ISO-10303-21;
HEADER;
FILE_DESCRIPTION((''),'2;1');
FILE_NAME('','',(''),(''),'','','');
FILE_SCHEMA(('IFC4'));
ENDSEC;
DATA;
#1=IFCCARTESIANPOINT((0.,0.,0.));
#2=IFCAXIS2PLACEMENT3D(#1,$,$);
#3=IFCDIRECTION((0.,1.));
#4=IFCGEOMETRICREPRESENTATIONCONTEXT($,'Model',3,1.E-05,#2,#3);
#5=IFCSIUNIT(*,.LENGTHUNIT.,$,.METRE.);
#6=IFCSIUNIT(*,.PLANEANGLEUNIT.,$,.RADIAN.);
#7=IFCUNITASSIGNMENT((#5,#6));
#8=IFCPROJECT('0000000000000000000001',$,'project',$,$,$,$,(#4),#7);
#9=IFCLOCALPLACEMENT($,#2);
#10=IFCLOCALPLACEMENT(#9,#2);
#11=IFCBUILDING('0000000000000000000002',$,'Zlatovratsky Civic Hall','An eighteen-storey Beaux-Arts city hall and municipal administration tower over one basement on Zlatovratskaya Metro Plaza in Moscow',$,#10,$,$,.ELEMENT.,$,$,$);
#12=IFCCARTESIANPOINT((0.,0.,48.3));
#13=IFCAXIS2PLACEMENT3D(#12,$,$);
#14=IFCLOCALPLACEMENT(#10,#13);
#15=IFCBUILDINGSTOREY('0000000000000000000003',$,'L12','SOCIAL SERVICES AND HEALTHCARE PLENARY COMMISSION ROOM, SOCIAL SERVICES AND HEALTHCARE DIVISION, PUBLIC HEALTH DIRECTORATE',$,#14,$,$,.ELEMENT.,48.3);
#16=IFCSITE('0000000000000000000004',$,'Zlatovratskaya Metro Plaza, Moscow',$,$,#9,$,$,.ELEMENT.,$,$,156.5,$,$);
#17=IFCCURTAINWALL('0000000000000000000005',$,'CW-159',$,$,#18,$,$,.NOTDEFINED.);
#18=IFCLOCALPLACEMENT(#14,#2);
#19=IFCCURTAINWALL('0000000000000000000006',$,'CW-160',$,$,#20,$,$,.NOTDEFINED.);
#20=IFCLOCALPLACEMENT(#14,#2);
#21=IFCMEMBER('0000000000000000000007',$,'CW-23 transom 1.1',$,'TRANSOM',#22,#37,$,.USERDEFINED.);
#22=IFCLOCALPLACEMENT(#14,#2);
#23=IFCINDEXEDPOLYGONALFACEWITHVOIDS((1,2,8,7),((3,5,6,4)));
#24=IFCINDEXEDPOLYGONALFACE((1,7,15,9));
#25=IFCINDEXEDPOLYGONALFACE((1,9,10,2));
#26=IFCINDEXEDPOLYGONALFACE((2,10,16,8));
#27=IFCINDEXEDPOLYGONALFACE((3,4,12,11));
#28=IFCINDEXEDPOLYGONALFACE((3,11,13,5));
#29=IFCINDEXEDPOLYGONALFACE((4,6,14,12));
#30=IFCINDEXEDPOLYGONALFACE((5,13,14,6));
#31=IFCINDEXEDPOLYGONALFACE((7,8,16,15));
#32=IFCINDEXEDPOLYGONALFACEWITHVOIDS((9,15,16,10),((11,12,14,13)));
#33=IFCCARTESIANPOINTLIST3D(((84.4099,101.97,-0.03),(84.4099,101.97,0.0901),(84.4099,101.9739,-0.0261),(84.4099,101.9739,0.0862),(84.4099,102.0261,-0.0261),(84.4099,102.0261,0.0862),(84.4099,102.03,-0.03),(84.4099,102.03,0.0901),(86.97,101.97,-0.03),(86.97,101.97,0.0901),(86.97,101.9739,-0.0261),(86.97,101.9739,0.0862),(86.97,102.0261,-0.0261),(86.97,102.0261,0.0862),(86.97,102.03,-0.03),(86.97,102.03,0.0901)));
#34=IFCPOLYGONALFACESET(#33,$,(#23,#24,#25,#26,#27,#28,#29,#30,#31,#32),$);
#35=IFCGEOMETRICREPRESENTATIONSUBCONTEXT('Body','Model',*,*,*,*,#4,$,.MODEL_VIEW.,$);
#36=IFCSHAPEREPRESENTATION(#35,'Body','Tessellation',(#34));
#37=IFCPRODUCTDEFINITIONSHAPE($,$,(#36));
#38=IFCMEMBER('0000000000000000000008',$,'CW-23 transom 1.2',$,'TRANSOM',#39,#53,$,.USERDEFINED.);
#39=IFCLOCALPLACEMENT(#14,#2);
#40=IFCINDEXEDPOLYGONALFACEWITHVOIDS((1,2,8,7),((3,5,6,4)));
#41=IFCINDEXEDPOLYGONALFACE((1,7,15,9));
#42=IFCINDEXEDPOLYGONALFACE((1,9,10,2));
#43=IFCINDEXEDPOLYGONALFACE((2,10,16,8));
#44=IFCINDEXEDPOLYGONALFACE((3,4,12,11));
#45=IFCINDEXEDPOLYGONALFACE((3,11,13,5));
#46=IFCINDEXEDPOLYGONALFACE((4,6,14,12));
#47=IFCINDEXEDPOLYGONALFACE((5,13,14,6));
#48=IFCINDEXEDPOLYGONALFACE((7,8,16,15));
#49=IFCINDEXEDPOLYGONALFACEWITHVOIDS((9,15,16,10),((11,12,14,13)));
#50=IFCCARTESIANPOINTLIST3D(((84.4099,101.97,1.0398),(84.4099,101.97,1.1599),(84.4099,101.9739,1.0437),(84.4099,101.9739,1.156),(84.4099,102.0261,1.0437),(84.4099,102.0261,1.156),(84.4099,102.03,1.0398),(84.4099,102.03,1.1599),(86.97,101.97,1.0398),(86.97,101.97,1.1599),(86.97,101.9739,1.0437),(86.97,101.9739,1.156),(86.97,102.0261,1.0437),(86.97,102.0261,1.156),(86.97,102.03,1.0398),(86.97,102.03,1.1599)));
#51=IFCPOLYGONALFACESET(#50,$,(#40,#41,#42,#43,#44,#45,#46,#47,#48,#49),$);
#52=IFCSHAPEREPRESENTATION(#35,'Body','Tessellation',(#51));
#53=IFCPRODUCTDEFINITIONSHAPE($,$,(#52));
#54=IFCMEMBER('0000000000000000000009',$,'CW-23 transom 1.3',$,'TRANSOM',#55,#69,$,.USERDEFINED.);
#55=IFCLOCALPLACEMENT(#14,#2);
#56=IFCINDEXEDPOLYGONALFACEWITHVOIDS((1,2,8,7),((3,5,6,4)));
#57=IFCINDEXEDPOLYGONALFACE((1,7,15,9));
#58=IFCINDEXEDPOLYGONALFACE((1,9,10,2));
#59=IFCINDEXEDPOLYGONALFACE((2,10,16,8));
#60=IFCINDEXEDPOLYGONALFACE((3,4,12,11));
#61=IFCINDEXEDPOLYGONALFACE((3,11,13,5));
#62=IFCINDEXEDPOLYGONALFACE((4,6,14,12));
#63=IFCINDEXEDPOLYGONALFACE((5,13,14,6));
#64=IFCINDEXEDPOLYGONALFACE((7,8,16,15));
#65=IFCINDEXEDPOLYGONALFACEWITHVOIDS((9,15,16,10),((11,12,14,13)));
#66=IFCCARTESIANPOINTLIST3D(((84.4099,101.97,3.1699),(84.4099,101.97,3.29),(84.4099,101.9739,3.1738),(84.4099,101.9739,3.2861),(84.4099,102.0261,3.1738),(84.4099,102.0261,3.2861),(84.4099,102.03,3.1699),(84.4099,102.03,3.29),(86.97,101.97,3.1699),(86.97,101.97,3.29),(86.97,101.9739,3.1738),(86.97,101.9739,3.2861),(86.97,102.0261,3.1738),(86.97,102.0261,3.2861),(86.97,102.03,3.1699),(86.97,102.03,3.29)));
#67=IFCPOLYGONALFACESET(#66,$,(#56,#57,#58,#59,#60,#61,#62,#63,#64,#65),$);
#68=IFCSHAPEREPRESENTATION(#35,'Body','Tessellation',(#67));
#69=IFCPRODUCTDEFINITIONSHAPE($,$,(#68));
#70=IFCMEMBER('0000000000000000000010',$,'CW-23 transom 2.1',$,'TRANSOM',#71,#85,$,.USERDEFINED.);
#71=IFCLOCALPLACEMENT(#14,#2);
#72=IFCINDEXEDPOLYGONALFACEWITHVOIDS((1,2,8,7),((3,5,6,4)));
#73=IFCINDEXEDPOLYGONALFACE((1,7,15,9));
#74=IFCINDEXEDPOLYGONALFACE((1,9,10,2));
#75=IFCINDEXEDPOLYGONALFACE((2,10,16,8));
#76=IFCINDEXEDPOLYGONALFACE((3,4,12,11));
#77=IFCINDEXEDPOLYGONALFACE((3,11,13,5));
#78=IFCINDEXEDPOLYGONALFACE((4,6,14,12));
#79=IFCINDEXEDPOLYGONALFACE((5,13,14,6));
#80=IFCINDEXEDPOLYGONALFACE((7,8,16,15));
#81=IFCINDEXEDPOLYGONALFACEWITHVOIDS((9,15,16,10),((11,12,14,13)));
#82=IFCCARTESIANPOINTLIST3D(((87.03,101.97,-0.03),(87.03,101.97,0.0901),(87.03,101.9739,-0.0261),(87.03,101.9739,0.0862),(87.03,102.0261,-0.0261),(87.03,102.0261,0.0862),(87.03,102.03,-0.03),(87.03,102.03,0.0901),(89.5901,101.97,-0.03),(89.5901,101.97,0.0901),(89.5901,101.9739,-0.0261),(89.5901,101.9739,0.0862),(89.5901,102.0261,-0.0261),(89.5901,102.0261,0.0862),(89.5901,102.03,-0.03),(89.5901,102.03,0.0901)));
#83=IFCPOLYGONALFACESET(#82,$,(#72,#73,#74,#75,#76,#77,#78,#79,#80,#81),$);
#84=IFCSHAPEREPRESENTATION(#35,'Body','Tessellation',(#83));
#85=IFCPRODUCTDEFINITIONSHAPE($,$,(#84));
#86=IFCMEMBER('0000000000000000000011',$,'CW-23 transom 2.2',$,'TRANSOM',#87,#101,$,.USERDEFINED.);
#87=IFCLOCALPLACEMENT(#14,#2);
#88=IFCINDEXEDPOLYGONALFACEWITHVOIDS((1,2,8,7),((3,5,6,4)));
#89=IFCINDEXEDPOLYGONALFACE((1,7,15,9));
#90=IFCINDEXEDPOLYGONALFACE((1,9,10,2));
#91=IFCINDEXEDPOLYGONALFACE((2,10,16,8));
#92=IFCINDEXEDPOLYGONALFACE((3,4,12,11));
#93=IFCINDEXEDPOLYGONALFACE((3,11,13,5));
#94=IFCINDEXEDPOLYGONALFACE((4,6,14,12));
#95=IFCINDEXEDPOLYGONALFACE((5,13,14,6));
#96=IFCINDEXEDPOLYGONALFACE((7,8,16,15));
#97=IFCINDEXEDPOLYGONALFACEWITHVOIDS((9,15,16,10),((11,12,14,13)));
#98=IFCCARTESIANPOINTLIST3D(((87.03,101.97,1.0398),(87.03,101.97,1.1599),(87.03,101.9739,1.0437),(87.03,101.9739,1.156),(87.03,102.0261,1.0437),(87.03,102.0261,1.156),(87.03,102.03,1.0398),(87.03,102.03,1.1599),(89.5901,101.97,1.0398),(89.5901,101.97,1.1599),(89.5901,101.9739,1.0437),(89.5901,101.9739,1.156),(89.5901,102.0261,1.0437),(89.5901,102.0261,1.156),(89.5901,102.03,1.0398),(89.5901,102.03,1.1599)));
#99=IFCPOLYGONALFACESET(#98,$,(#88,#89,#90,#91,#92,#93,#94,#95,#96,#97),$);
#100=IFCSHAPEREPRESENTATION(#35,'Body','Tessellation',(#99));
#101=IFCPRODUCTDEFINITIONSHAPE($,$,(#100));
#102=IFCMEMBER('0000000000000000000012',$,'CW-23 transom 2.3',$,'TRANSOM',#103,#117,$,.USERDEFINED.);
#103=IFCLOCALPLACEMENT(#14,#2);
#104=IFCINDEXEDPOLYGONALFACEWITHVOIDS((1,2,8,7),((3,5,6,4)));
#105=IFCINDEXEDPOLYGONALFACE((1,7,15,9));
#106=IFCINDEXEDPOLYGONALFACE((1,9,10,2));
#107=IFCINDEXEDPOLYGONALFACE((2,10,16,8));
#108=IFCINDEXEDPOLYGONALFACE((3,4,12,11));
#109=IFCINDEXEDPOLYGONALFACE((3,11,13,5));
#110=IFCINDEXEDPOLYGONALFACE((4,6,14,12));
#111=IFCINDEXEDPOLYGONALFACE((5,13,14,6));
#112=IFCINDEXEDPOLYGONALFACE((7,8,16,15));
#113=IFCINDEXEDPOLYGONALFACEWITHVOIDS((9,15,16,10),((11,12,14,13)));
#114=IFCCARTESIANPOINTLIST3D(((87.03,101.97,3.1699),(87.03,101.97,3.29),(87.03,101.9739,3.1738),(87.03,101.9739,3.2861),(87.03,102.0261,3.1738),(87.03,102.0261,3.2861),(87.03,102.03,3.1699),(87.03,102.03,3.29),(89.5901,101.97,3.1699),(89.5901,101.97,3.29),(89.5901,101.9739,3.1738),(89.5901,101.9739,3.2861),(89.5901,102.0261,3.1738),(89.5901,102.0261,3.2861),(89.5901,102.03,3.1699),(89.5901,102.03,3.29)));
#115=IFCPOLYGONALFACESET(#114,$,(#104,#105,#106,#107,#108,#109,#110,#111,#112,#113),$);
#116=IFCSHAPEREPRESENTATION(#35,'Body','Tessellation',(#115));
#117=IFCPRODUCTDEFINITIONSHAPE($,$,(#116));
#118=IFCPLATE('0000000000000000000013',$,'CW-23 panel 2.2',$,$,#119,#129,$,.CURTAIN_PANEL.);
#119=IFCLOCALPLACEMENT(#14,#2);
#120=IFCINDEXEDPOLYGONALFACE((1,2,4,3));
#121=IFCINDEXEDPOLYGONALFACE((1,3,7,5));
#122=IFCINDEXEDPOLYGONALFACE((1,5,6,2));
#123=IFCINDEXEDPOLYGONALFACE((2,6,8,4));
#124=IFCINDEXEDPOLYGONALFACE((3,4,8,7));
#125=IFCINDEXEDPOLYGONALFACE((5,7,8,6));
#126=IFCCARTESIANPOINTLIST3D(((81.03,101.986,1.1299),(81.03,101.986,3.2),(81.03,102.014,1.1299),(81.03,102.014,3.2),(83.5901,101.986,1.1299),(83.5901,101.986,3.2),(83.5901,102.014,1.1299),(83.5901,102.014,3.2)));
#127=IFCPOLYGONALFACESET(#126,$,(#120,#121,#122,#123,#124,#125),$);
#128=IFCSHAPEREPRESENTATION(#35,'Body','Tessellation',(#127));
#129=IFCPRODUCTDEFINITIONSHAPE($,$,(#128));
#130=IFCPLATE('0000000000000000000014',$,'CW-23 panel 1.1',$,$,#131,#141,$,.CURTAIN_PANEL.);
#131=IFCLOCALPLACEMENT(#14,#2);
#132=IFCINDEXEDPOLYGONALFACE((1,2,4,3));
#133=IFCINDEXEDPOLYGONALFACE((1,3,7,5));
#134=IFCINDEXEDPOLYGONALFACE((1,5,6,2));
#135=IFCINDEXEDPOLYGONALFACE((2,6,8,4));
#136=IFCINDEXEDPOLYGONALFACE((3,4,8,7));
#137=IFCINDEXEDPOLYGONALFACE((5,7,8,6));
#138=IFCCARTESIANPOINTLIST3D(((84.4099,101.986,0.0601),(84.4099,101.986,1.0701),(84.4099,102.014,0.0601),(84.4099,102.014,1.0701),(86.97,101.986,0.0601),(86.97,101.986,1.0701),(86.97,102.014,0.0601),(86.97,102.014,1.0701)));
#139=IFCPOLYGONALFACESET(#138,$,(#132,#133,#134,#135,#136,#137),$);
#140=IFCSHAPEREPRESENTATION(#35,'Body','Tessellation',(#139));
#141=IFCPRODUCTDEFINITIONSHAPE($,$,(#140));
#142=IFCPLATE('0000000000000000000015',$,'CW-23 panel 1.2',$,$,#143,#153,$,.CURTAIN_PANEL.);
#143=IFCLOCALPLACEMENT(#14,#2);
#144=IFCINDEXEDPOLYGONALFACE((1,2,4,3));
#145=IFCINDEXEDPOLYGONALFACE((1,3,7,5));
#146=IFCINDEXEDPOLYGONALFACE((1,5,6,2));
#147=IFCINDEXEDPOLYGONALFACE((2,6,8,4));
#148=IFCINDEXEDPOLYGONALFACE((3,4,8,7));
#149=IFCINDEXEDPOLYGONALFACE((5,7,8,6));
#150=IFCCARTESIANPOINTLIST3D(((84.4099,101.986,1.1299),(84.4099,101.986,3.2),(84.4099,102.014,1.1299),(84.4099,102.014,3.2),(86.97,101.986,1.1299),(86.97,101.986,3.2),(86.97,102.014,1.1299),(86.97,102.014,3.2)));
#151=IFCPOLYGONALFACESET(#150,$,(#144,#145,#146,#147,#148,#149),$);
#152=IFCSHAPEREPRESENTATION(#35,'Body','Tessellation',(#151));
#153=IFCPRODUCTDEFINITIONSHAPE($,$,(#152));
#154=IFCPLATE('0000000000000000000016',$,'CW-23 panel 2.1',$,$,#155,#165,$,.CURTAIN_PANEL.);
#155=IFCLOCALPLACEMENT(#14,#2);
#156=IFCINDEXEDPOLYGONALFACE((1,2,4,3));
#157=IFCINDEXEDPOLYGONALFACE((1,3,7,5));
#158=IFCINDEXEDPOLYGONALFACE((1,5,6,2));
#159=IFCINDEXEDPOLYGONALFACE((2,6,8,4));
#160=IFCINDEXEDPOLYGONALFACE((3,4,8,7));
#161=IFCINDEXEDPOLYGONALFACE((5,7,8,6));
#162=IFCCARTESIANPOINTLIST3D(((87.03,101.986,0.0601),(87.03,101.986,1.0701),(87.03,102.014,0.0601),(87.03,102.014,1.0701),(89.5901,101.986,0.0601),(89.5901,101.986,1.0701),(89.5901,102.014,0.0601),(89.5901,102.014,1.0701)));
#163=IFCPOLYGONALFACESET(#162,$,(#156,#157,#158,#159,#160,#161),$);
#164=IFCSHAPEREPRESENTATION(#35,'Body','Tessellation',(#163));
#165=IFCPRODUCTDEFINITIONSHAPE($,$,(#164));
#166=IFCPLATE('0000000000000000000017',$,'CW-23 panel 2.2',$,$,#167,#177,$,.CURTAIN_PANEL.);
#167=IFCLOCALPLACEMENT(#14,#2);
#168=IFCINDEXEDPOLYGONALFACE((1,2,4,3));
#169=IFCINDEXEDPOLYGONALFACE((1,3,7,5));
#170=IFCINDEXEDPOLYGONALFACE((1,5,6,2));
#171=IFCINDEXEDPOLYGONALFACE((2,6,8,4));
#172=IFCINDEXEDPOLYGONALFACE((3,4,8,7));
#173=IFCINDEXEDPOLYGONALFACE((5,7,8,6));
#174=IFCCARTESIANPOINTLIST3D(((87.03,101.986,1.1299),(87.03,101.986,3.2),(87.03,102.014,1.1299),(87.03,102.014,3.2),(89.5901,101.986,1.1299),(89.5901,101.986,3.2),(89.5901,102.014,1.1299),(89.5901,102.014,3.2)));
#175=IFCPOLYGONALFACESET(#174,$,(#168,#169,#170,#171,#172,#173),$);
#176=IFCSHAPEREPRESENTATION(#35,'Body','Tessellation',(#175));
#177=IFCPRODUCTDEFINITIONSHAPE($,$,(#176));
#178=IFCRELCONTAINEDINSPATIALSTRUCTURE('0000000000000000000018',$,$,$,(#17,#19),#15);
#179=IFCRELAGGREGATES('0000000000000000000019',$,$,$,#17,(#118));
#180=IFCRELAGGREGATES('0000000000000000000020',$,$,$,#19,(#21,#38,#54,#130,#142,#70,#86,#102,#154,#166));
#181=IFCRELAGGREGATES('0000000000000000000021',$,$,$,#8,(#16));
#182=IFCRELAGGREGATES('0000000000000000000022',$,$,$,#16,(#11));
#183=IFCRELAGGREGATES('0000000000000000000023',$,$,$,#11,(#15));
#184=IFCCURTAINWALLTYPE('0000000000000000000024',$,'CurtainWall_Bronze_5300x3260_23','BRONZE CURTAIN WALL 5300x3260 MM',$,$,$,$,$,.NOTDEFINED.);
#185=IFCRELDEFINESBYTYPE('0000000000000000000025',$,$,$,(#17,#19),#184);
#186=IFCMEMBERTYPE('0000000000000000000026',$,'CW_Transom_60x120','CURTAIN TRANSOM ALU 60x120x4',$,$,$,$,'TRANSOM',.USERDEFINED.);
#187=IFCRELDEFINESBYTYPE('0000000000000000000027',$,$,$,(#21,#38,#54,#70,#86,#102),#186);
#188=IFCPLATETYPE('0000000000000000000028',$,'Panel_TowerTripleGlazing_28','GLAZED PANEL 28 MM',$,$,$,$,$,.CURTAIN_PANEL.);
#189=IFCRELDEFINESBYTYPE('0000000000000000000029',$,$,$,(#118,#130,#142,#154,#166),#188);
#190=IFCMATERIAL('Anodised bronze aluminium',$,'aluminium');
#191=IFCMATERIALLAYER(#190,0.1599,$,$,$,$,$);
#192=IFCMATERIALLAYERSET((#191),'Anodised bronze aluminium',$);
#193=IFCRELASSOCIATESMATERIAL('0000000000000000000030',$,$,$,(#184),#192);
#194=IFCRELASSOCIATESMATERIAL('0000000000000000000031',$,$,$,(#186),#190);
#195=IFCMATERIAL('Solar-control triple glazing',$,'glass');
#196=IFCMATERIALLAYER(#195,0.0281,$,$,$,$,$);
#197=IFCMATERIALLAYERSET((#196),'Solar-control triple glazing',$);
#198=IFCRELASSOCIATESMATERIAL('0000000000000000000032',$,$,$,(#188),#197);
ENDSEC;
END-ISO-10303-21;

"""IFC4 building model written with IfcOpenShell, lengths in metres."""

from ifc_helpers import new_model, si_unit, direction, frame, origin, origin_2d, place, context, subcontext, project, spatial, rectangle, hollow_rectangle, extrude, material, layer, layer_set, material_profile, profile_set, type_object, element, aggregate, save


model = new_model("IFC4")

# Units and contexts
model_context = context("Model", 3, precision=1e-05, world=origin(), true_north=direction((0.0, 1.0)))
body_context = subcontext(model_context, "Body", "Model", "MODEL_VIEW")
ifc_project = project(units=[si_unit("LENGTHUNIT", "METRE"), si_unit("PLANEANGLEUNIT", "RADIAN")], contexts=[model_context])

# Site, building, storey
site_placement = place(None, origin())
site = spatial("IfcSite", under=ifc_project, at=site_placement, Name="Zlatovratskaya Metro Plaza, Moscow", CompositionType="ELEMENT", RefElevation=156.5)
building_placement = place(site_placement, origin())
building = spatial("IfcBuilding", under=site, at=building_placement, Name="Zlatovratsky Civic Hall", Description="An eighteen-storey Beaux-Arts city hall and municipal administration tower over one basement on Zlatovratskaya Metro Plaza in Moscow", CompositionType="ELEMENT")
storey_placement = place(building_placement, frame((0.0, 0.0, 48.3)))
storey = spatial("IfcBuildingStorey", under=building, at=storey_placement, Name="L12", Description="SOCIAL SERVICES AND HEALTHCARE PLENARY COMMISSION ROOM, SOCIAL SERVICES AND HEALTHCARE DIVISION, PUBLIC HEALTH DIRECTORATE", CompositionType="ELEMENT", Elevation=48.3)

# Curtain wall
ifc_material_1 = material(Name="Anodised bronze aluminium", Category="aluminium")
ifc_layer_1 = layer(ifc_material_1, 0.1599)
ifc_layer_set_1 = layer_set([ifc_layer_1], Name="Anodised bronze aluminium")
curtain_wall_type = type_object("IfcCurtainWallType", Name="CurtainWall_Bronze_5300x3260_23", Description="BRONZE CURTAIN WALL 5300x3260 MM", PredefinedType="NOTDEFINED", material=ifc_layer_set_1)
curtain_wall_1_placement = place(storey_placement, origin())
curtain_wall_1 = element("IfcCurtainWall", 1, at=curtain_wall_1_placement, inside=storey, type_object=curtain_wall_type, Name="CW-159", PredefinedType="NOTDEFINED")

# Curtain wall, members
curtain_wall_2_placement = place(storey_placement, origin())
curtain_wall_2 = element("IfcCurtainWall", 2, at=curtain_wall_2_placement, inside=storey, type_object=curtain_wall_type, Name="CW-160", PredefinedType="NOTDEFINED")
ifc_material_profile_1 = material_profile(ifc_material_1, hollow_rectangle(XDim=0.0601, YDim=0.1201, WallThickness=0.0039, at=origin_2d()), Name="ALU 60x120x4")
ifc_profile_set_1 = profile_set([ifc_material_profile_1], Name="Anodised bronze aluminium")
member_type_1 = type_object("IfcMemberType", Name="CW_Transom_60x120", Description="CURTAIN TRANSOM ALU 60x120x4", ElementType="TRANSOM", PredefinedType="USERDEFINED", material=ifc_profile_set_1)
member_1_placement = place(storey_placement, frame((84.4099, 102.0, 0.03), z_axis=(1.0, 0.0, 0.0), x_axis=(0.0, 1.0, 0.0)))
member_1 = element("IfcMember", 3, at=member_1_placement, type_object=member_type_1, Name="CW-23 transom 1.1", ObjectType="TRANSOM", PredefinedType="USERDEFINED", context=body_context, shape_type="SweptSolid", body=[
    extrude(hollow_rectangle(XDim=0.0601, YDim=0.1201, WallThickness=0.0039, at=origin_2d()), origin(), (0.0, 0.0, 1.0), 2.5601),
])
member_2_placement = place(storey_placement, frame((84.4099, 102.0, 1.0999), z_axis=(1.0, 0.0, 0.0), x_axis=(0.0, 1.0, 0.0)))
member_2 = element("IfcMember", 4, at=member_2_placement, type_object=member_type_1, Name="CW-23 transom 1.2", ObjectType="TRANSOM", PredefinedType="USERDEFINED", context=body_context, shape_type="SweptSolid", body=[
    extrude(hollow_rectangle(XDim=0.0601, YDim=0.1201, WallThickness=0.0039, at=origin_2d()), origin(), (0.0, 0.0, 1.0), 2.5601),
])
member_3_placement = place(storey_placement, frame((84.4099, 102.0, 3.23), z_axis=(1.0, 0.0, 0.0), x_axis=(0.0, 1.0, 0.0)))
member_3 = element("IfcMember", 5, at=member_3_placement, type_object=member_type_1, Name="CW-23 transom 1.3", ObjectType="TRANSOM", PredefinedType="USERDEFINED", context=body_context, shape_type="SweptSolid", body=[
    extrude(hollow_rectangle(XDim=0.0601, YDim=0.1201, WallThickness=0.0039, at=origin_2d()), origin(), (0.0, 0.0, 1.0), 2.5601),
])
member_4_placement = place(storey_placement, frame((87.03, 102.0, 0.03), z_axis=(1.0, 0.0, 0.0), x_axis=(0.0, 1.0, 0.0)))
member_4 = element("IfcMember", 6, at=member_4_placement, type_object=member_type_1, Name="CW-23 transom 2.1", ObjectType="TRANSOM", PredefinedType="USERDEFINED", context=body_context, shape_type="SweptSolid", body=[
    extrude(hollow_rectangle(XDim=0.0601, YDim=0.1201, WallThickness=0.0039, at=origin_2d()), origin(), (0.0, 0.0, 1.0), 2.5601),
])
member_5_placement = place(storey_placement, frame((87.03, 102.0, 1.0999), z_axis=(1.0, 0.0, 0.0), x_axis=(0.0, 1.0, 0.0)))
member_5 = element("IfcMember", 7, at=member_5_placement, type_object=member_type_1, Name="CW-23 transom 2.2", ObjectType="TRANSOM", PredefinedType="USERDEFINED", context=body_context, shape_type="SweptSolid", body=[
    extrude(hollow_rectangle(XDim=0.0601, YDim=0.1201, WallThickness=0.0039, at=origin_2d()), origin(), (0.0, 0.0, 1.0), 2.5601),
])
member_6_placement = place(storey_placement, frame((87.03, 102.0, 3.23), z_axis=(1.0, 0.0, 0.0), x_axis=(0.0, 1.0, 0.0)))
member_6 = element("IfcMember", 8, at=member_6_placement, type_object=member_type_1, Name="CW-23 transom 2.3", ObjectType="TRANSOM", PredefinedType="USERDEFINED", context=body_context, shape_type="SweptSolid", body=[
    extrude(hollow_rectangle(XDim=0.0601, YDim=0.1201, WallThickness=0.0039, at=origin_2d()), origin(), (0.0, 0.0, 1.0), 2.5601),
])

# Plates
ifc_material_2 = material(Name="Solar-control triple glazing", Category="glass")
ifc_layer_2 = layer(ifc_material_2, 0.0281)
ifc_layer_set_2 = layer_set([ifc_layer_2], Name="Solar-control triple glazing")
plate_type = type_object("IfcPlateType", Name="Panel_TowerTripleGlazing_28", Description="GLAZED PANEL 28 MM", PredefinedType="CURTAIN_PANEL", material=ifc_layer_set_2)
plate_1_placement = place(storey_placement, frame((82.3101, 102.0, 1.1299), z_axis=(0.0, 0.0, 1.0), x_axis=(1.0, 0.0, 0.0)))
plate_1 = element("IfcPlate", 9, at=plate_1_placement, type_object=plate_type, Name="CW-23 panel 2.2", PredefinedType="CURTAIN_PANEL", context=body_context, shape_type="SweptSolid", body=[
    extrude(rectangle(XDim=2.5601, YDim=0.0281, at=origin_2d()), origin(), (0.0, 0.0, 1.0), 2.0701),
])
aggregate(curtain_wall_1, [plate_1])
plate_2_placement = place(storey_placement, frame((85.6899, 102.0, 0.0601), z_axis=(0.0, 0.0, 1.0), x_axis=(1.0, 0.0, 0.0)))
plate_2 = element("IfcPlate", 10, at=plate_2_placement, type_object=plate_type, Name="CW-23 panel 1.1", PredefinedType="CURTAIN_PANEL", context=body_context, shape_type="SweptSolid", body=[
    extrude(rectangle(XDim=2.5601, YDim=0.0281, at=origin_2d()), origin(), (0.0, 0.0, 1.0), 1.01),
])
plate_3_placement = place(storey_placement, frame((85.6899, 102.0, 1.1299), z_axis=(0.0, 0.0, 1.0), x_axis=(1.0, 0.0, 0.0)))
plate_3 = element("IfcPlate", 11, at=plate_3_placement, type_object=plate_type, Name="CW-23 panel 1.2", PredefinedType="CURTAIN_PANEL", context=body_context, shape_type="SweptSolid", body=[
    extrude(rectangle(XDim=2.5601, YDim=0.0281, at=origin_2d()), origin(), (0.0, 0.0, 1.0), 2.0701),
])
plate_4_placement = place(storey_placement, frame((88.3101, 102.0, 0.0601), z_axis=(0.0, 0.0, 1.0), x_axis=(1.0, 0.0, 0.0)))
plate_4 = element("IfcPlate", 12, at=plate_4_placement, type_object=plate_type, Name="CW-23 panel 2.1", PredefinedType="CURTAIN_PANEL", context=body_context, shape_type="SweptSolid", body=[
    extrude(rectangle(XDim=2.5601, YDim=0.0281, at=origin_2d()), origin(), (0.0, 0.0, 1.0), 1.01),
])
plate_5_placement = place(storey_placement, frame((88.3101, 102.0, 1.1299), z_axis=(0.0, 0.0, 1.0), x_axis=(1.0, 0.0, 0.0)))
plate_5 = element("IfcPlate", 13, at=plate_5_placement, type_object=plate_type, Name="CW-23 panel 2.2", PredefinedType="CURTAIN_PANEL", context=body_context, shape_type="SweptSolid", body=[
    extrude(rectangle(XDim=2.5601, YDim=0.0281, at=origin_2d()), origin(), (0.0, 0.0, 1.0), 2.0701),
])
aggregate(curtain_wall_2, [member_1, member_2, member_3, plate_2, plate_3, member_4, member_5, member_6, plate_4, plate_5])

save(model, "model.ifc")
